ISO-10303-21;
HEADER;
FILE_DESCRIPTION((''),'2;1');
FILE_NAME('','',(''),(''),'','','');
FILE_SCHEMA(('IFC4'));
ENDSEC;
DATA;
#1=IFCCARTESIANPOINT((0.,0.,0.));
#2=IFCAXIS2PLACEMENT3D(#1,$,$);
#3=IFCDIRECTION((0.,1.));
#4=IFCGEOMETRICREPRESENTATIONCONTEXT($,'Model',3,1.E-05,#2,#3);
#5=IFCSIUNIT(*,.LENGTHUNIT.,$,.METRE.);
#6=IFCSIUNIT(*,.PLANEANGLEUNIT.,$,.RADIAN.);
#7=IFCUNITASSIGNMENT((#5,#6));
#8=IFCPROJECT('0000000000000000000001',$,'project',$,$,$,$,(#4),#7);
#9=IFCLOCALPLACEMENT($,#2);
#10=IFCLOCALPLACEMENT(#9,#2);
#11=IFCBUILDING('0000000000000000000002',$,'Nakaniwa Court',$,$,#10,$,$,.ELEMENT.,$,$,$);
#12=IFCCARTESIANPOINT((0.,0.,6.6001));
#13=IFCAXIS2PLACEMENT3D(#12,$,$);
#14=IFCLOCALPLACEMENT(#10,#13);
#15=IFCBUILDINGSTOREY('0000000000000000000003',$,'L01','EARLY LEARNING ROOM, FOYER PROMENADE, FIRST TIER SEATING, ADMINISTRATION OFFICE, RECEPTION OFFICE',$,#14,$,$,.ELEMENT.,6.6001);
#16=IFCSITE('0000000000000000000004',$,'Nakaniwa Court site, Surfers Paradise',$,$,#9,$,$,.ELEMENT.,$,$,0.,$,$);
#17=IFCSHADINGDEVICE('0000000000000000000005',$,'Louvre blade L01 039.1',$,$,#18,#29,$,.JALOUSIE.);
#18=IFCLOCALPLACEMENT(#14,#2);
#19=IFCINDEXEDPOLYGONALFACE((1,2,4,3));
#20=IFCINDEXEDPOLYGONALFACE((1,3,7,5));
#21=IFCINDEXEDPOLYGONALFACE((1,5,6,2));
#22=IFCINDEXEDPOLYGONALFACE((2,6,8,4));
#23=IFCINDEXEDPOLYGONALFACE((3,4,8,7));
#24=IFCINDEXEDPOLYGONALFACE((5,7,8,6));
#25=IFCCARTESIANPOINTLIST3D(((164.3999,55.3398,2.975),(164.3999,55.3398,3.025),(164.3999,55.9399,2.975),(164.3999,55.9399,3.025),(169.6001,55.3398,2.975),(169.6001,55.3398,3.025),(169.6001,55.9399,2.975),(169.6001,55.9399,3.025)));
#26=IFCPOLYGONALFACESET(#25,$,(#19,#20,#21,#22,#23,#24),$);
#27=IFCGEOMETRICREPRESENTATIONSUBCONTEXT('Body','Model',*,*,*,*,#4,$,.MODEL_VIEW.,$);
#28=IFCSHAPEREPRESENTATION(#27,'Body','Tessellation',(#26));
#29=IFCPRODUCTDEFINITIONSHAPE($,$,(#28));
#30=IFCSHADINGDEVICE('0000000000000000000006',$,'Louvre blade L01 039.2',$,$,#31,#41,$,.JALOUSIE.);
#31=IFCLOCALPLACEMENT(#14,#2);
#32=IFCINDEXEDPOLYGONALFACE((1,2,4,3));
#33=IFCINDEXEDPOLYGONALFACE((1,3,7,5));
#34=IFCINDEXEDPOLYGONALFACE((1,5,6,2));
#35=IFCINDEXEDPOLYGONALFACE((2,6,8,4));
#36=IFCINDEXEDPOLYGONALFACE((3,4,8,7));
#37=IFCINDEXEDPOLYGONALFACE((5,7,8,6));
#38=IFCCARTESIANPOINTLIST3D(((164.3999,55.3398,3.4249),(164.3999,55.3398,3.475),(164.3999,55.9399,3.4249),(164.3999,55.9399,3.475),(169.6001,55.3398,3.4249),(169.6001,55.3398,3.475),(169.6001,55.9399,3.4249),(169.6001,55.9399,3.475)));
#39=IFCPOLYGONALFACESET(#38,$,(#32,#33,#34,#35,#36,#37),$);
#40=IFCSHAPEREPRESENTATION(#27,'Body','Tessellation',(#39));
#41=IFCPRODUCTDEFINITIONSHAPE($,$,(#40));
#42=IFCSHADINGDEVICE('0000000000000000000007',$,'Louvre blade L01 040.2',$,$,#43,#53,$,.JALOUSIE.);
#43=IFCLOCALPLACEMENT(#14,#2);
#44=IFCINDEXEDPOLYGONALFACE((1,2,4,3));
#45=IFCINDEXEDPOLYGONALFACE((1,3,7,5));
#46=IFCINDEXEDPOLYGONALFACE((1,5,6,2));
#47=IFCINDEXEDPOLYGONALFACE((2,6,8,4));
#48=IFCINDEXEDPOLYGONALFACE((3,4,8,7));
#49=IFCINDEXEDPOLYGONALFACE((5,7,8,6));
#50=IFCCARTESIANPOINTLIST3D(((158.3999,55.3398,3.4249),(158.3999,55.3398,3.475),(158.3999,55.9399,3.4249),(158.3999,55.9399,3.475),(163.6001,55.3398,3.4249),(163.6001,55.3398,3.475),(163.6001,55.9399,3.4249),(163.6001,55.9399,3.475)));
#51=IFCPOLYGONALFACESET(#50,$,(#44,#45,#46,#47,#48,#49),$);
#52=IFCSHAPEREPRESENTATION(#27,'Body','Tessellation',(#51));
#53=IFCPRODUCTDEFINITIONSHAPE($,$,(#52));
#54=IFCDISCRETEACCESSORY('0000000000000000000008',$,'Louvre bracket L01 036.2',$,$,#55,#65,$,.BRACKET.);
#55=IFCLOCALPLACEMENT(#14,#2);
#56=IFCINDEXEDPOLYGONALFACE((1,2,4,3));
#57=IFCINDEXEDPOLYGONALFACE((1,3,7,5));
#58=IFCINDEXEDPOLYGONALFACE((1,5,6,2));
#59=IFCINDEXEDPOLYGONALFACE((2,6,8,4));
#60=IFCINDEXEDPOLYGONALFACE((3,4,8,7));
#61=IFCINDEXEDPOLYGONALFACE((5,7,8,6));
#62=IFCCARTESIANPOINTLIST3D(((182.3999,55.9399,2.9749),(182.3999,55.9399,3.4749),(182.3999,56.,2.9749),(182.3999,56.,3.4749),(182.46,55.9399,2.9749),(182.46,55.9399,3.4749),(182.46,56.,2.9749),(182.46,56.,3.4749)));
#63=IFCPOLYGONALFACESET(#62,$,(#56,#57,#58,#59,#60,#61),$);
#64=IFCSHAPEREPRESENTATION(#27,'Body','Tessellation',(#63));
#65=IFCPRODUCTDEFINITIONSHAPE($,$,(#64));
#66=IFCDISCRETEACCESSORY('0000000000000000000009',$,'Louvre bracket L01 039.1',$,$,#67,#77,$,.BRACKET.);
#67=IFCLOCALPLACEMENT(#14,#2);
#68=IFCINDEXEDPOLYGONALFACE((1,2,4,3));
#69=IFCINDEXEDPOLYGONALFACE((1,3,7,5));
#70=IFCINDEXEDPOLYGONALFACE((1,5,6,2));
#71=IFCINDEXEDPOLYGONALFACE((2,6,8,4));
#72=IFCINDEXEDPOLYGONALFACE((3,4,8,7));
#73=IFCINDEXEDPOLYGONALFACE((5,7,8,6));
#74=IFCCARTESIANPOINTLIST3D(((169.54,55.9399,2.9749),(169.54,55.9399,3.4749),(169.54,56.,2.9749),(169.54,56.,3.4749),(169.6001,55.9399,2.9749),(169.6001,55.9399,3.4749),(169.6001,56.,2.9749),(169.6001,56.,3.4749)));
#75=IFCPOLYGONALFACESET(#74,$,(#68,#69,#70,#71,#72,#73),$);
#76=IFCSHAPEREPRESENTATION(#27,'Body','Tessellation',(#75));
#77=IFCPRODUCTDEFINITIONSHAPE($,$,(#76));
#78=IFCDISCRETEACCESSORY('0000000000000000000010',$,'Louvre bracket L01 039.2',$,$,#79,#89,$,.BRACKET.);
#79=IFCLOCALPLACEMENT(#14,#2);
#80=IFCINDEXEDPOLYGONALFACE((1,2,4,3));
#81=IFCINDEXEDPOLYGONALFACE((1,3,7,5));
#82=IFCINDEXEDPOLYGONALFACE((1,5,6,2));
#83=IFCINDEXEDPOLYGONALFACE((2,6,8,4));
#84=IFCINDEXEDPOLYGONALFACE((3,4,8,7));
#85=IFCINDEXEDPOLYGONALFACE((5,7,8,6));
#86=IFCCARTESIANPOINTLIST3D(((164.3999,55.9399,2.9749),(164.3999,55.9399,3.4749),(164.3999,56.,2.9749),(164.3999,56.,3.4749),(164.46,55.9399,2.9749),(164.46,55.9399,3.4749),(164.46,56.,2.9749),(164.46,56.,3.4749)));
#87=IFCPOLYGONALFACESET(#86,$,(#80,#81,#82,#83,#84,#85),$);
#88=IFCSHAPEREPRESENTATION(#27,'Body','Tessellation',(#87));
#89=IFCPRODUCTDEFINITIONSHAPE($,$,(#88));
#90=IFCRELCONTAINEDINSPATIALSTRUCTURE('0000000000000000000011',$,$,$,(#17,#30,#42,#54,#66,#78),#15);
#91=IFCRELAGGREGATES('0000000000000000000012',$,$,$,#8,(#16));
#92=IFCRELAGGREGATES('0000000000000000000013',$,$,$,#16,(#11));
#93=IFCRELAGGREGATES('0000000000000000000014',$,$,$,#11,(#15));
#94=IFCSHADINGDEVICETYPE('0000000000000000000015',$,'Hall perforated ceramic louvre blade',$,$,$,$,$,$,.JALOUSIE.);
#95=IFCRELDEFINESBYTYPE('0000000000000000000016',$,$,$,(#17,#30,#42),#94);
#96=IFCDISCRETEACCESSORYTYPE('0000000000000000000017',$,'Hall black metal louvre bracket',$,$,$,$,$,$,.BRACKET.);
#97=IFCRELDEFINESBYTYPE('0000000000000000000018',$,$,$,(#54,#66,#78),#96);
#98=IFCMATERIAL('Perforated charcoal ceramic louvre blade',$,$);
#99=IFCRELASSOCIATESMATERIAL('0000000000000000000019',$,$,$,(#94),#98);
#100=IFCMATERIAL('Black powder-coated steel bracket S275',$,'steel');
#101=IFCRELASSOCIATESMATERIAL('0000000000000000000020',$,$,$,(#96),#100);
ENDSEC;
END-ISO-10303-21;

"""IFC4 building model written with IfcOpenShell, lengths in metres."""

from ifc_helpers import new_model, si_unit, direction, frame, origin, origin_2d, place, context, subcontext, project, spatial, rectangle, extrude, material, material_profile, profile_set, type_object, element, save


model = new_model("IFC4")

# Units and contexts
model_context = context("Model", 3, precision=1e-05, world=origin(), true_north=direction((0.0, 1.0)))
body_context = subcontext(model_context, "Body", "Model", "MODEL_VIEW")
ifc_project = project(units=[si_unit("LENGTHUNIT", "METRE"), si_unit("PLANEANGLEUNIT", "RADIAN")], contexts=[model_context])

# Site, building, storey
site_placement = place(None, origin())
site = spatial("IfcSite", under=ifc_project, at=site_placement, Name="Nakaniwa Court site, Surfers Paradise", CompositionType="ELEMENT", RefElevation=0.0)
building_placement = place(site_placement, origin())
building = spatial("IfcBuilding", under=site, at=building_placement, Name="Nakaniwa Court", CompositionType="ELEMENT")
storey_placement = place(building_placement, frame((0.0, 0.0, 6.6001)))
storey = spatial("IfcBuildingStorey", under=building, at=storey_placement, Name="L01", Description="EARLY LEARNING ROOM, FOYER PROMENADE, FIRST TIER SEATING, ADMINISTRATION OFFICE, RECEPTION OFFICE", CompositionType="ELEMENT", Elevation=6.6001)

# Shading devices
ifc_material_1 = material(Name="Perforated charcoal ceramic louvre blade")
ifc_material_profile_1 = material_profile(ifc_material_1, rectangle(XDim=0.6001, YDim=0.05, at=origin_2d()), Name="Hall perforated ceramic louvre blade")
ifc_profile_set_1 = profile_set([ifc_material_profile_1], Name="Perforated charcoal ceramic louvre blade")
shading_device_type = type_object("IfcShadingDeviceType", Name="Hall perforated ceramic louvre blade", PredefinedType="JALOUSIE", material=ifc_profile_set_1)
for number, where, z_axis, x_axis, name in (
    (1, (169.6001, 55.6399, 3.0), (-1.0, 0.0, 0.0), (0.0, -1.0, 0.0), "Louvre blade L01 039.1"),
    (2, (169.6001, 55.6399, 3.45), (-1.0, 0.0, 0.0), (0.0, -1.0, 0.0), "Louvre blade L01 039.2"),
    (3, (163.6001, 55.6399, 3.45), (-1.0, 0.0, 0.0), (0.0, -1.0, 0.0), "Louvre blade L01 040.2"),
):
    element("IfcShadingDevice", number, at=place(storey_placement, frame(where, z_axis=z_axis, x_axis=x_axis)), inside=storey, type_object=shading_device_type, Name=name, PredefinedType="JALOUSIE", context=body_context, shape_type="SweptSolid", body=[
        extrude(rectangle(XDim=0.6001, YDim=0.05, at=origin_2d()), origin(), (0.0, 0.0, 1.0), 5.2002),
    ])

# Discrete accessories
ifc_material_2 = material(Name="Black powder-coated steel bracket S275", Category="steel")
discrete_accessory_type = type_object("IfcDiscreteAccessoryType", Name="Hall black metal louvre bracket", PredefinedType="BRACKET", material=ifc_material_2)
for number, where, z_axis, x_axis, name in (
    (4, (182.4299, 55.97, 2.9749), (0.0, 0.0, 1.0), (-1.0, 0.0, 0.0), "Louvre bracket L01 036.2"),
    (5, (169.5701, 55.97, 2.9749), (0.0, 0.0, 1.0), (-1.0, 0.0, 0.0), "Louvre bracket L01 039.1"),
    (6, (164.4299, 55.97, 2.9749), (0.0, 0.0, 1.0), (-1.0, 0.0, 0.0), "Louvre bracket L01 039.2"),
):
    element("IfcDiscreteAccessory", number, at=place(storey_placement, frame(where, z_axis=z_axis, x_axis=x_axis)), inside=storey, type_object=discrete_accessory_type, Name=name, PredefinedType="BRACKET", context=body_context, shape_type="SweptSolid", body=[
        extrude(rectangle(XDim=0.0601, YDim=0.0601, at=origin_2d()), origin(), (0.0, 0.0, 1.0), 0.5),
    ])

save(model, "model.ifc")
